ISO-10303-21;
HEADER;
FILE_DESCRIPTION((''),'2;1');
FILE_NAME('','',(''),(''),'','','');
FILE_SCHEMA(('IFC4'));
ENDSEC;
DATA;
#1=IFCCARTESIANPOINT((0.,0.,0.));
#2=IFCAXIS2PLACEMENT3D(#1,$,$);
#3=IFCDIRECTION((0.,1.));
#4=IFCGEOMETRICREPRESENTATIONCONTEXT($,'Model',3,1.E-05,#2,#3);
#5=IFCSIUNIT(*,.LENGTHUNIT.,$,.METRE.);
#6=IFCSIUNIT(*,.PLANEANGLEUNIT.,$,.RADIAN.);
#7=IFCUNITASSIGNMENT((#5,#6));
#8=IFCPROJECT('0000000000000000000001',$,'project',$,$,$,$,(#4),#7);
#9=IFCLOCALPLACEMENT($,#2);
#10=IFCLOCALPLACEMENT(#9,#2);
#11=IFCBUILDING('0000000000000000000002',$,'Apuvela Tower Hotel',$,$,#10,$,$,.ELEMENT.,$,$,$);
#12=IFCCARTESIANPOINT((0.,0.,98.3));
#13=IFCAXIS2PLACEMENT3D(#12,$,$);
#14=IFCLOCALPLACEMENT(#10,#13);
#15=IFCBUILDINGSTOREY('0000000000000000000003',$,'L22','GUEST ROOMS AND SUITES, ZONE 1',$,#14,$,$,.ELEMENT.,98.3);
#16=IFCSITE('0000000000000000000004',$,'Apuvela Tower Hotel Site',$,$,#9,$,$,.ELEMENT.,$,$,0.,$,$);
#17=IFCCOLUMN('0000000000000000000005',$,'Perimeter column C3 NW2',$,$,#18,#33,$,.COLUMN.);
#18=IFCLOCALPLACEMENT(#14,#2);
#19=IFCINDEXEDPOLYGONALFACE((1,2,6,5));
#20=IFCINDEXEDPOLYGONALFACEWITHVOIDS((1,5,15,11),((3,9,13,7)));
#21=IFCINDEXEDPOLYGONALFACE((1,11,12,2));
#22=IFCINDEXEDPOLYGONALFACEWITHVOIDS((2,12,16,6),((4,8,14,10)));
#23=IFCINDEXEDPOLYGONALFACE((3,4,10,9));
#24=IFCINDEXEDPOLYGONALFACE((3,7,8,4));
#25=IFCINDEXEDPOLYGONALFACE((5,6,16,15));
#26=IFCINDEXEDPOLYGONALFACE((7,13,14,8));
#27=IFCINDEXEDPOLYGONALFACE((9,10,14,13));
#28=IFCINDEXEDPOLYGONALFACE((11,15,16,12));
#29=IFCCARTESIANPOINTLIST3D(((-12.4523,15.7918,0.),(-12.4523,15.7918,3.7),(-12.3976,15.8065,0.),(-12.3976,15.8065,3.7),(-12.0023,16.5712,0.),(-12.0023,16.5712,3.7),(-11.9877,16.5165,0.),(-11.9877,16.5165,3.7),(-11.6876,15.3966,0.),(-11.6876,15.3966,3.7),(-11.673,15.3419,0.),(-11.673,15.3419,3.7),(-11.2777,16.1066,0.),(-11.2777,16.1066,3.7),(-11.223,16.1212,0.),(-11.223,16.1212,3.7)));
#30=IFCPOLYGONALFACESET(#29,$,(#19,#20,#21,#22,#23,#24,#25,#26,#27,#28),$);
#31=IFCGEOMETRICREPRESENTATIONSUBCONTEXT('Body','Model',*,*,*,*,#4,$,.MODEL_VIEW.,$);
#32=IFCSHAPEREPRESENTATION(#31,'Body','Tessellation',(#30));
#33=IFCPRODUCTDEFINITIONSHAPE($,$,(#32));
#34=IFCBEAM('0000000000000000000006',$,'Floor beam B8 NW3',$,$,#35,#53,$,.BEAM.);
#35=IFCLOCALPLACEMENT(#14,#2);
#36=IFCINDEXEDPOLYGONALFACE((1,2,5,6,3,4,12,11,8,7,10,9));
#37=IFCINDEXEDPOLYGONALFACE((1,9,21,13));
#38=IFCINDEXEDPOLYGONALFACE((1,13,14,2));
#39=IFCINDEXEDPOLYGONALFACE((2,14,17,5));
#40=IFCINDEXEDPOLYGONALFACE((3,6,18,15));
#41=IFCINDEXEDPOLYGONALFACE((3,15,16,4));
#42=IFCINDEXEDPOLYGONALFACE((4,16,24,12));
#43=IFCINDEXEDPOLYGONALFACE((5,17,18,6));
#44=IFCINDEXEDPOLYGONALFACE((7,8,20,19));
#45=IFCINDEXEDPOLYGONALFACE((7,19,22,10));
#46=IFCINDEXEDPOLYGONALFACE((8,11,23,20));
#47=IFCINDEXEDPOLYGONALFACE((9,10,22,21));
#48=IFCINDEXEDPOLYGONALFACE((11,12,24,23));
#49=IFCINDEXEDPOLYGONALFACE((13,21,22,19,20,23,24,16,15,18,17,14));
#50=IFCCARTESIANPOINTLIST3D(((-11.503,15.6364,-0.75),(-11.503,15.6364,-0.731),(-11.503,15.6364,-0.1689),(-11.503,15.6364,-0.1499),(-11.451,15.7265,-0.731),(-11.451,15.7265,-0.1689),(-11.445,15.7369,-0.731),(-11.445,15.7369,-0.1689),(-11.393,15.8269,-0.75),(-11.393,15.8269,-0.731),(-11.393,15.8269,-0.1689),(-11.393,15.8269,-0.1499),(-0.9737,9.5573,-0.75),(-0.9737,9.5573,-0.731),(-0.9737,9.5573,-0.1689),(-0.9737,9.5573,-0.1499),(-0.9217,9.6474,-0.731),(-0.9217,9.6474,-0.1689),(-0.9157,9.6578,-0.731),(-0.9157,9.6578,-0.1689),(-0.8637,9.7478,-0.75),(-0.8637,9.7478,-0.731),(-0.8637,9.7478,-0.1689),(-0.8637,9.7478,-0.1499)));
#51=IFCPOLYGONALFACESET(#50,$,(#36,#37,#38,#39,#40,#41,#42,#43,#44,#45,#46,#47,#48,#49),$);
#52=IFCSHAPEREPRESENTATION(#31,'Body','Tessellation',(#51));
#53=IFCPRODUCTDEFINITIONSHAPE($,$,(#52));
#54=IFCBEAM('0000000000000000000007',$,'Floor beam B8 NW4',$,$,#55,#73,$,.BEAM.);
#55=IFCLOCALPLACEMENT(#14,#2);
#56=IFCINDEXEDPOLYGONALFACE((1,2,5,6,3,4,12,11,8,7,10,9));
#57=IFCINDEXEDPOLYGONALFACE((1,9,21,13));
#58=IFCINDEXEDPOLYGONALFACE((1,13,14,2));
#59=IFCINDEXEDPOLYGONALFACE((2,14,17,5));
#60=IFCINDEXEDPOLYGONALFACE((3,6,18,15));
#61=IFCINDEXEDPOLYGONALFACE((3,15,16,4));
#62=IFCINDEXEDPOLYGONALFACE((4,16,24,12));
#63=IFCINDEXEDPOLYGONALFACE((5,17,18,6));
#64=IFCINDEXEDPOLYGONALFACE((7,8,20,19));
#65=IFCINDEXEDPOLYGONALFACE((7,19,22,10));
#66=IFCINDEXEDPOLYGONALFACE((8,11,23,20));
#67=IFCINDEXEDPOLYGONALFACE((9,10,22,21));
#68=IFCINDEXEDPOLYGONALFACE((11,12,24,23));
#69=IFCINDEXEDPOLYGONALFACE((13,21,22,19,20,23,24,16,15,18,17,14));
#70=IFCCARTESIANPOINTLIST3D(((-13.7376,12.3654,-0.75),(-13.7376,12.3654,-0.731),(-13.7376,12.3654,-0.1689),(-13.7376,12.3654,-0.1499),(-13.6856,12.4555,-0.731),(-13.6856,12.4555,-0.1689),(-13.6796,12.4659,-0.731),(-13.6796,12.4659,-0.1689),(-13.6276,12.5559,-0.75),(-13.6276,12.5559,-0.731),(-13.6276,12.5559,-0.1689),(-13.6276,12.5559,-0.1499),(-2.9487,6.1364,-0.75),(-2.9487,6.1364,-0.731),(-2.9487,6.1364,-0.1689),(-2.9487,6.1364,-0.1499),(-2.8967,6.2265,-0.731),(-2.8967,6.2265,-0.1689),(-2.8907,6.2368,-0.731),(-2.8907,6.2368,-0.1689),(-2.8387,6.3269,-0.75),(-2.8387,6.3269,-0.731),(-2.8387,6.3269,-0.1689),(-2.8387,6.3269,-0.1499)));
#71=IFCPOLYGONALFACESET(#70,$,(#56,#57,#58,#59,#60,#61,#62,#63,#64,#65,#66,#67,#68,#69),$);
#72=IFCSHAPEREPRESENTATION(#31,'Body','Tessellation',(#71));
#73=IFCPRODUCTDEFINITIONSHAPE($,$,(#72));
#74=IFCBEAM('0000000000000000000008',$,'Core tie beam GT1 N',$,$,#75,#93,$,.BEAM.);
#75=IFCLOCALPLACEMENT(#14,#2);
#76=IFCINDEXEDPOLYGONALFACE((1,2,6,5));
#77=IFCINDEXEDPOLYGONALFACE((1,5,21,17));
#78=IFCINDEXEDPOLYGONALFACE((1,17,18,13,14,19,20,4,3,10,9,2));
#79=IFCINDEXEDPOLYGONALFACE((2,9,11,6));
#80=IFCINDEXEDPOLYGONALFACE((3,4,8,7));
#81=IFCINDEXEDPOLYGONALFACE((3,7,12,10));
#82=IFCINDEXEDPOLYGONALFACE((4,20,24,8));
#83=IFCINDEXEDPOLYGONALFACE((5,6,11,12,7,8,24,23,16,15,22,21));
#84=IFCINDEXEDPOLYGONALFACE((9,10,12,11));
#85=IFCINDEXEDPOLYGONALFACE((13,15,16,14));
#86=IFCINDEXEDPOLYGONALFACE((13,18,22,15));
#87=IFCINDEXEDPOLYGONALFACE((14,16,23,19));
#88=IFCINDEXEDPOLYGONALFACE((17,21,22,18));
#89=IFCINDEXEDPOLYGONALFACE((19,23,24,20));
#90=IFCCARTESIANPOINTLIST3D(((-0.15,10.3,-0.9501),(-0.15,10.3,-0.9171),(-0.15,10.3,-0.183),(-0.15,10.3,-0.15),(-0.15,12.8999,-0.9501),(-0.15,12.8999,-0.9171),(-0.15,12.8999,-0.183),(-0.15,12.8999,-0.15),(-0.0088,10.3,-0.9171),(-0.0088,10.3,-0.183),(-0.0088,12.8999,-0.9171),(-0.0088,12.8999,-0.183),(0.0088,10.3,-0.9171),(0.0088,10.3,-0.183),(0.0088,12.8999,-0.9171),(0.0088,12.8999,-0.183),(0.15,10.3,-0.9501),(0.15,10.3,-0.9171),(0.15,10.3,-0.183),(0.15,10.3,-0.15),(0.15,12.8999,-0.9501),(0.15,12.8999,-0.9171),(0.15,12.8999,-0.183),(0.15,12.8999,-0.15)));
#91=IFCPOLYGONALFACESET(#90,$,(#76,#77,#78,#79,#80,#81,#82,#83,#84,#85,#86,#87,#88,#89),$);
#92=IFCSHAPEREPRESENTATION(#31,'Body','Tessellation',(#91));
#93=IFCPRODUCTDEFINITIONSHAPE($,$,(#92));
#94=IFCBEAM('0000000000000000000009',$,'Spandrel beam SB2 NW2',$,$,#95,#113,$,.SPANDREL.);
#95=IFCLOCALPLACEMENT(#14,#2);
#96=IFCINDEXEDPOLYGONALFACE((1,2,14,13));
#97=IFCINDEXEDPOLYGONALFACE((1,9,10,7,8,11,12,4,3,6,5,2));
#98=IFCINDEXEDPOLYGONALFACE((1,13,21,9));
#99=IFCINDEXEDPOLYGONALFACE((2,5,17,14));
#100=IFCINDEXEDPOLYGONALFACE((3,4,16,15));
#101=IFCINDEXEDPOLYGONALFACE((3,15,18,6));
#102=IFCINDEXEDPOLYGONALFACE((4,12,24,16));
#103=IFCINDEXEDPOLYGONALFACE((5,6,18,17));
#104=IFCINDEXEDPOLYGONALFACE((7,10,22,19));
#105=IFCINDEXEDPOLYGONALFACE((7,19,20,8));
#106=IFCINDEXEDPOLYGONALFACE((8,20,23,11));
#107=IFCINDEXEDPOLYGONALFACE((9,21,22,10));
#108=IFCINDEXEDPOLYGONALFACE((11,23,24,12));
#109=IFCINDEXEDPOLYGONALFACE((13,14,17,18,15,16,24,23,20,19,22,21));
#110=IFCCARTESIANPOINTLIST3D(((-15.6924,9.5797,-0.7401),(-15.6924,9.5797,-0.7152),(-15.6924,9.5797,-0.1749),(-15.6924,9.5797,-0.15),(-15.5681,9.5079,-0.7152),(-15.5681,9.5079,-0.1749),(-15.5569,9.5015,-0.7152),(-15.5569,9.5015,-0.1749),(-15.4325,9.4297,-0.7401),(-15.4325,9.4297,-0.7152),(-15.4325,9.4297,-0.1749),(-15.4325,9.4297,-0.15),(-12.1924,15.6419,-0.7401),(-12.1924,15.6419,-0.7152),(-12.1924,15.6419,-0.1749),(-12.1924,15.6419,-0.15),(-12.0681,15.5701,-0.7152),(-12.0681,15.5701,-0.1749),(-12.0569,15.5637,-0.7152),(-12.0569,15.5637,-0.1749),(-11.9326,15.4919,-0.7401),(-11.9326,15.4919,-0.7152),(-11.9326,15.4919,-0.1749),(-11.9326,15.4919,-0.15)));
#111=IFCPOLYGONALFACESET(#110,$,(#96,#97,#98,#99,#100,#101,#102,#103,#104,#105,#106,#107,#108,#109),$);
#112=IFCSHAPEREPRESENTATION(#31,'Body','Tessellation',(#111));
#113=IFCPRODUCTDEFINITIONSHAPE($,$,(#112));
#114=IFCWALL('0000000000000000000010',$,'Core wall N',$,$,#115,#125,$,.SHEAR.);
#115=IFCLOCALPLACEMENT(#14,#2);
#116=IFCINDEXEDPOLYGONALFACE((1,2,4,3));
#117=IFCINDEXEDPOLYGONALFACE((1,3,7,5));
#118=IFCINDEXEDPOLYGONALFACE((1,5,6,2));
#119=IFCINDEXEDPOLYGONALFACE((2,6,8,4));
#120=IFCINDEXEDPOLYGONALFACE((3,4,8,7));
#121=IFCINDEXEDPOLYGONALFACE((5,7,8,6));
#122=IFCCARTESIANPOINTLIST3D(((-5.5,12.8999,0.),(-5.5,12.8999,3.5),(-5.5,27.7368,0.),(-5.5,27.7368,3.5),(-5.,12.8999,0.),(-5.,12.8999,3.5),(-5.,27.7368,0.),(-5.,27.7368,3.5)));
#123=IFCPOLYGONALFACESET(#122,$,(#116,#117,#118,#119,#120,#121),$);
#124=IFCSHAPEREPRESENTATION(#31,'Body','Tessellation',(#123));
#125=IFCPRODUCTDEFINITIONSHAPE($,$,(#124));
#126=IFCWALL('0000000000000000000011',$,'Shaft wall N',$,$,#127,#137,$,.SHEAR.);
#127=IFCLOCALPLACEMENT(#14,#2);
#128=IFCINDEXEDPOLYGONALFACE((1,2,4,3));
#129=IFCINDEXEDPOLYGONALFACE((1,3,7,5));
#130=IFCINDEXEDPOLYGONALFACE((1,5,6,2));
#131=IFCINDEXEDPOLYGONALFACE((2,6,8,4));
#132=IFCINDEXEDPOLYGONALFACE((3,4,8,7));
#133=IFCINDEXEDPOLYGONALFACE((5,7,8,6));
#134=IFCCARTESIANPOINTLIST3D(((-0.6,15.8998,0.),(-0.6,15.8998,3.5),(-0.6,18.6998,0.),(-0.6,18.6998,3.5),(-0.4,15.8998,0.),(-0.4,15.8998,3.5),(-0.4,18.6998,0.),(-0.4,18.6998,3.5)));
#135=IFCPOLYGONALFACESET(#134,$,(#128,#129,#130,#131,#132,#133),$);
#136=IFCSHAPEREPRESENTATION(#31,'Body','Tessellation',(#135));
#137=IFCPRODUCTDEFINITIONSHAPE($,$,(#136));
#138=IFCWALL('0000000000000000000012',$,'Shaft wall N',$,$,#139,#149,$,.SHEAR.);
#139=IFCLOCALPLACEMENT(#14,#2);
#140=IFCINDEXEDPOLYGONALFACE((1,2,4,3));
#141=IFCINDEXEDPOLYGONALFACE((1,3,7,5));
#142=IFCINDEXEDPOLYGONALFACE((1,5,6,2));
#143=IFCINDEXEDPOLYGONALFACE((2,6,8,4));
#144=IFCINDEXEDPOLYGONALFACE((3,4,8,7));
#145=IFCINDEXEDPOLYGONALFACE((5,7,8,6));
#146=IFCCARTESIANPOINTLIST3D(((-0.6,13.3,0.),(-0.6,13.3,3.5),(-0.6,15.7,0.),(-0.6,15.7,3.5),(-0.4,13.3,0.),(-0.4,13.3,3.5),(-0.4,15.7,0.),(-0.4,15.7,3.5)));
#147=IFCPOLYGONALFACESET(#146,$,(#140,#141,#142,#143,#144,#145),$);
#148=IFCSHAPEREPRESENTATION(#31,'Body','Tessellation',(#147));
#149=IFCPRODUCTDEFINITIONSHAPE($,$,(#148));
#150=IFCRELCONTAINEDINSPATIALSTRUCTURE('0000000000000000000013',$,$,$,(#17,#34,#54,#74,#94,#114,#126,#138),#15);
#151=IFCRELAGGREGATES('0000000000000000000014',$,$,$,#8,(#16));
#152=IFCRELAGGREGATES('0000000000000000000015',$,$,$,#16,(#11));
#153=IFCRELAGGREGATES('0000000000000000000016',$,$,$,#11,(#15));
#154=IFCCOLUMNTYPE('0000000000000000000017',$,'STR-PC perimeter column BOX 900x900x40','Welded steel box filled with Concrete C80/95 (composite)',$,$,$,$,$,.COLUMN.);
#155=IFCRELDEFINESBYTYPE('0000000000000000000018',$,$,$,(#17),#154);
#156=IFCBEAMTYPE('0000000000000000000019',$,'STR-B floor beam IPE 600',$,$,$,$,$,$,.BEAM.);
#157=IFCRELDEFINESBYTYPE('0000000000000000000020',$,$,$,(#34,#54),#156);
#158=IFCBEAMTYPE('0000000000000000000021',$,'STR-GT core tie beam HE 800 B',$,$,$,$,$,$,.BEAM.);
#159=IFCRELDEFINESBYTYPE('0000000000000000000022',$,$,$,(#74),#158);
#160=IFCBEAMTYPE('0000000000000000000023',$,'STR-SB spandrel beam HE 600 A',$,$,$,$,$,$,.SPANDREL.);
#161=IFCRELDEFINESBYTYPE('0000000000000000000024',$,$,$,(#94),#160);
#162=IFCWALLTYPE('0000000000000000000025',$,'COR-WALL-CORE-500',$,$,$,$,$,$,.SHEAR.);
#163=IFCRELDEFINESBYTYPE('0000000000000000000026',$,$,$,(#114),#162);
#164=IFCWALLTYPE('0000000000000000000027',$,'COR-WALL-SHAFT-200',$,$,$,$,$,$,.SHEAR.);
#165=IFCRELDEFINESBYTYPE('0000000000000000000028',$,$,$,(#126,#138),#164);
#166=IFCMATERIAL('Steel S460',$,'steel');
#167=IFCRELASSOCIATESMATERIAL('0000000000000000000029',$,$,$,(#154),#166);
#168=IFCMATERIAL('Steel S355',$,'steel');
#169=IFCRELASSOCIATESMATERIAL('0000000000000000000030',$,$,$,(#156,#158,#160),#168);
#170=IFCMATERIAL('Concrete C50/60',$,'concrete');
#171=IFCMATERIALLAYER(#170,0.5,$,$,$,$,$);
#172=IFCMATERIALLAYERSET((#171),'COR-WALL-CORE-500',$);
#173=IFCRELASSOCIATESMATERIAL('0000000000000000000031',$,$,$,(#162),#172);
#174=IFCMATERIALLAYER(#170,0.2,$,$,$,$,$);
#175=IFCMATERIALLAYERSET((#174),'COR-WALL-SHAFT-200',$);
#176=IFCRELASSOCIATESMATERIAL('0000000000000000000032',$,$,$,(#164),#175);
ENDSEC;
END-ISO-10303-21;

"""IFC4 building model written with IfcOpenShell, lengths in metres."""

from ifc_helpers import new_model, si_unit, direction, frame, frame_2d, origin, origin_2d, place, context, subcontext, project, spatial, rectangle, hollow_rectangle, i_section, extrude, material, layer, layer_set, material_profile, profile_set, type_object, element, save


model = new_model("IFC4")

# Units and contexts
model_context = context("Model", 3, precision=1e-05, world=origin(), true_north=direction((0.0, 1.0)))
body_context = subcontext(model_context, "Body", "Model", "MODEL_VIEW")
ifc_project = project(units=[si_unit("LENGTHUNIT", "METRE"), si_unit("PLANEANGLEUNIT", "RADIAN")], contexts=[model_context])

# Site, building, storey
site_placement = place(None, origin())
site = spatial("IfcSite", under=ifc_project, at=site_placement, Name="Apuvela Tower Hotel Site", CompositionType="ELEMENT", RefElevation=0.0)
building_placement = place(site_placement, origin())
building = spatial("IfcBuilding", under=site, at=building_placement, Name="Apuvela Tower Hotel", CompositionType="ELEMENT")
storey_placement = place(building_placement, frame((0.0, 0.0, 98.3)))
storey = spatial("IfcBuildingStorey", under=building, at=storey_placement, Name="L22", Description="GUEST ROOMS AND SUITES, ZONE 1", CompositionType="ELEMENT", Elevation=98.3)

# Column
ifc_material_1 = material(Name="Steel S460", Category="steel")
ifc_material_profile_1 = material_profile(ifc_material_1, hollow_rectangle(XDim=0.8999, YDim=0.8999, WallThickness=0.04, at=origin_2d()), Name="BOX 900x900x40")
ifc_material_2 = material(Name="Concrete C80/95", Category="concrete")
ifc_material_profile_2 = material_profile(ifc_material_2, rectangle(XDim=0.8201, YDim=0.8201, at=origin_2d()), Name="Concrete C80/95 infill")
ifc_profile_set_1 = profile_set([ifc_material_profile_1, ifc_material_profile_2], Name="Steel S460")
column_type = type_object("IfcColumnType", Name="STR-PC perimeter column BOX 900x900x40", Description="Welded steel box filled with Concrete C80/95 (composite)", PredefinedType="COLUMN", material=ifc_profile_set_1)
column_placement = place(storey_placement, frame((-11.8376, 15.9565, 0.0), z_axis=(0.0, 0.0, 1.0), x_axis=(0.5, 0.866025, 0.0)))
element("IfcColumn", 1, at=column_placement, inside=storey, type_object=column_type, Name="Perimeter column C3 NW2", PredefinedType="COLUMN", context=body_context, shape_type="SweptSolid", body=[
    extrude(hollow_rectangle(XDim=0.8999, YDim=0.8999, WallThickness=0.04, at=origin_2d()), origin(), (0.0, 0.0, 1.0), 3.7),
])

# Beams
ifc_material_3 = material(Name="Steel S355", Category="steel")
ifc_material_profile_3 = material_profile(ifc_material_3, i_section(OverallWidth=0.22, OverallDepth=0.6001, WebThickness=0.012, FlangeThickness=0.019, at=origin_2d()), Name="IPE 600")
ifc_profile_set_2 = profile_set([ifc_material_profile_3], Name="Steel S355")
beam_type_1 = type_object("IfcBeamType", Name="STR-B floor beam IPE 600", PredefinedType="BEAM", material=ifc_profile_set_2)
beam_1_placement = place(storey_placement, frame((-11.448, 15.7317, -0.45), z_axis=(0.866025, -0.500001, 0.0), x_axis=(0.500001, 0.866025, 0.0)))
element("IfcBeam", 2, at=beam_1_placement, inside=storey, type_object=beam_type_1, Name="Floor beam B8 NW3", PredefinedType="BEAM", context=body_context, shape_type="SweptSolid", body=[
    extrude(i_section(OverallWidth=0.22, OverallDepth=0.6001, WebThickness=0.012, FlangeThickness=0.019, at=origin_2d()), origin(), (0.0, 0.0, 1.0), 12.1582),
])
beam_2_placement = place(storey_placement, frame((-13.6826, 12.4607, -0.45), z_axis=(0.866023, -0.500005, 0.0), x_axis=(0.500005, 0.866023, 0.0)))
element("IfcBeam", 3, at=beam_2_placement, inside=storey, type_object=beam_type_1, Name="Floor beam B8 NW4", PredefinedType="BEAM", context=body_context, shape_type="SweptSolid", body=[
    extrude(i_section(OverallWidth=0.22, OverallDepth=0.6001, WebThickness=0.012, FlangeThickness=0.019, at=origin_2d()), origin(), (0.0, 0.0, 1.0), 12.458),
])
ifc_material_profile_4 = material_profile(ifc_material_3, i_section(OverallWidth=0.3, OverallDepth=0.8, WebThickness=0.0176, FlangeThickness=0.033, at=origin_2d()), Name="HE 800 B")
ifc_profile_set_3 = profile_set([ifc_material_profile_4], Name="Steel S355")
beam_type_2 = type_object("IfcBeamType", Name="STR-GT core tie beam HE 800 B", PredefinedType="BEAM", material=ifc_profile_set_3)
beam_3_placement = place(storey_placement, frame((0.0, 12.8999, -0.55), z_axis=(0.0, -1.0, 0.0), x_axis=(1.0, 0.0, 0.0)))
element("IfcBeam", 4, at=beam_3_placement, inside=storey, type_object=beam_type_2, Name="Core tie beam GT1 N", PredefinedType="BEAM", context=body_context, shape_type="SweptSolid", body=[
    extrude(i_section(OverallWidth=0.3, OverallDepth=0.8, WebThickness=0.0176, FlangeThickness=0.033, at=origin_2d()), origin(), (0.0, 0.0, 1.0), 2.5999),
])
ifc_material_profile_5 = material_profile(ifc_material_3, i_section(OverallWidth=0.3, OverallDepth=0.5901, WebThickness=0.0129, FlangeThickness=0.0249, at=origin_2d()), Name="HE 600 A")
ifc_profile_set_4 = profile_set([ifc_material_profile_5], Name="Steel S355")
beam_type_3 = type_object("IfcBeamType", Name="STR-SB spandrel beam HE 600 A", PredefinedType="SPANDREL", material=ifc_profile_set_4)
beam_4_placement = place(storey_placement, frame((-12.0625, 15.5669, -0.4451), z_axis=(-0.499995, -0.866028, 0.0), x_axis=(0.866028, -0.499995, 0.0)))
element("IfcBeam", 5, at=beam_4_placement, inside=storey, type_object=beam_type_3, Name="Spandrel beam SB2 NW2", PredefinedType="SPANDREL", context=body_context, shape_type="SweptSolid", body=[
    extrude(i_section(OverallWidth=0.3, OverallDepth=0.5901, WebThickness=0.0129, FlangeThickness=0.0249, at=origin_2d()), origin(), (0.0, 0.0, 1.0), 7.0),
])

# Walls
ifc_material_4 = material(Name="Concrete C50/60", Category="concrete")
ifc_layer_1 = layer(ifc_material_4, 0.5)
ifc_layer_set_1 = layer_set([ifc_layer_1], Name="COR-WALL-CORE-500")
wall_type_1 = type_object("IfcWallType", Name="COR-WALL-CORE-500", PredefinedType="SHEAR", material=ifc_layer_set_1)
wall_1_placement = place(storey_placement, frame((-5.25, 12.8999, 0.0), z_axis=(0.0, 0.0, 1.0), x_axis=(0.0, 1.0, 0.0)))
element("IfcWall", 6, at=wall_1_placement, inside=storey, type_object=wall_type_1, Name="Core wall N", PredefinedType="SHEAR", context=body_context, shape_type="SweptSolid", body=[
    extrude(rectangle(XDim=14.8369, YDim=0.5, at=frame_2d((7.4185, 0.0))), origin(), (0.0, 0.0, 1.0), 3.5),
])
ifc_layer_2 = layer(ifc_material_4, 0.2)
ifc_layer_set_2 = layer_set([ifc_layer_2], Name="COR-WALL-SHAFT-200")
wall_type_2 = type_object("IfcWallType", Name="COR-WALL-SHAFT-200", PredefinedType="SHEAR", material=ifc_layer_set_2)
wall_2_placement = place(storey_placement, frame((-0.5, 15.8999, 0.0), z_axis=(0.0, 0.0, 1.0), x_axis=(0.0, 1.0, 0.0)))
element("IfcWall", 7, at=wall_2_placement, inside=storey, type_object=wall_type_2, Name="Shaft wall N", PredefinedType="SHEAR", context=body_context, shape_type="SweptSolid", body=[
    extrude(rectangle(XDim=2.8, YDim=0.2, at=frame_2d((1.3999, 0.0))), origin(), (0.0, 0.0, 1.0), 3.5),
])
wall_3_placement = place(storey_placement, frame((-0.5, 13.3, 0.0), z_axis=(0.0, 0.0, 1.0), x_axis=(0.0, 1.0, 0.0)))
element("IfcWall", 8, at=wall_3_placement, inside=storey, type_object=wall_type_2, Name="Shaft wall N", PredefinedType="SHEAR", context=body_context, shape_type="SweptSolid", body=[
    extrude(rectangle(XDim=2.3999, YDim=0.2, at=frame_2d((1.2, 0.0))), origin(), (0.0, 0.0, 1.0), 3.5),
])

save(model, "model.ifc")
